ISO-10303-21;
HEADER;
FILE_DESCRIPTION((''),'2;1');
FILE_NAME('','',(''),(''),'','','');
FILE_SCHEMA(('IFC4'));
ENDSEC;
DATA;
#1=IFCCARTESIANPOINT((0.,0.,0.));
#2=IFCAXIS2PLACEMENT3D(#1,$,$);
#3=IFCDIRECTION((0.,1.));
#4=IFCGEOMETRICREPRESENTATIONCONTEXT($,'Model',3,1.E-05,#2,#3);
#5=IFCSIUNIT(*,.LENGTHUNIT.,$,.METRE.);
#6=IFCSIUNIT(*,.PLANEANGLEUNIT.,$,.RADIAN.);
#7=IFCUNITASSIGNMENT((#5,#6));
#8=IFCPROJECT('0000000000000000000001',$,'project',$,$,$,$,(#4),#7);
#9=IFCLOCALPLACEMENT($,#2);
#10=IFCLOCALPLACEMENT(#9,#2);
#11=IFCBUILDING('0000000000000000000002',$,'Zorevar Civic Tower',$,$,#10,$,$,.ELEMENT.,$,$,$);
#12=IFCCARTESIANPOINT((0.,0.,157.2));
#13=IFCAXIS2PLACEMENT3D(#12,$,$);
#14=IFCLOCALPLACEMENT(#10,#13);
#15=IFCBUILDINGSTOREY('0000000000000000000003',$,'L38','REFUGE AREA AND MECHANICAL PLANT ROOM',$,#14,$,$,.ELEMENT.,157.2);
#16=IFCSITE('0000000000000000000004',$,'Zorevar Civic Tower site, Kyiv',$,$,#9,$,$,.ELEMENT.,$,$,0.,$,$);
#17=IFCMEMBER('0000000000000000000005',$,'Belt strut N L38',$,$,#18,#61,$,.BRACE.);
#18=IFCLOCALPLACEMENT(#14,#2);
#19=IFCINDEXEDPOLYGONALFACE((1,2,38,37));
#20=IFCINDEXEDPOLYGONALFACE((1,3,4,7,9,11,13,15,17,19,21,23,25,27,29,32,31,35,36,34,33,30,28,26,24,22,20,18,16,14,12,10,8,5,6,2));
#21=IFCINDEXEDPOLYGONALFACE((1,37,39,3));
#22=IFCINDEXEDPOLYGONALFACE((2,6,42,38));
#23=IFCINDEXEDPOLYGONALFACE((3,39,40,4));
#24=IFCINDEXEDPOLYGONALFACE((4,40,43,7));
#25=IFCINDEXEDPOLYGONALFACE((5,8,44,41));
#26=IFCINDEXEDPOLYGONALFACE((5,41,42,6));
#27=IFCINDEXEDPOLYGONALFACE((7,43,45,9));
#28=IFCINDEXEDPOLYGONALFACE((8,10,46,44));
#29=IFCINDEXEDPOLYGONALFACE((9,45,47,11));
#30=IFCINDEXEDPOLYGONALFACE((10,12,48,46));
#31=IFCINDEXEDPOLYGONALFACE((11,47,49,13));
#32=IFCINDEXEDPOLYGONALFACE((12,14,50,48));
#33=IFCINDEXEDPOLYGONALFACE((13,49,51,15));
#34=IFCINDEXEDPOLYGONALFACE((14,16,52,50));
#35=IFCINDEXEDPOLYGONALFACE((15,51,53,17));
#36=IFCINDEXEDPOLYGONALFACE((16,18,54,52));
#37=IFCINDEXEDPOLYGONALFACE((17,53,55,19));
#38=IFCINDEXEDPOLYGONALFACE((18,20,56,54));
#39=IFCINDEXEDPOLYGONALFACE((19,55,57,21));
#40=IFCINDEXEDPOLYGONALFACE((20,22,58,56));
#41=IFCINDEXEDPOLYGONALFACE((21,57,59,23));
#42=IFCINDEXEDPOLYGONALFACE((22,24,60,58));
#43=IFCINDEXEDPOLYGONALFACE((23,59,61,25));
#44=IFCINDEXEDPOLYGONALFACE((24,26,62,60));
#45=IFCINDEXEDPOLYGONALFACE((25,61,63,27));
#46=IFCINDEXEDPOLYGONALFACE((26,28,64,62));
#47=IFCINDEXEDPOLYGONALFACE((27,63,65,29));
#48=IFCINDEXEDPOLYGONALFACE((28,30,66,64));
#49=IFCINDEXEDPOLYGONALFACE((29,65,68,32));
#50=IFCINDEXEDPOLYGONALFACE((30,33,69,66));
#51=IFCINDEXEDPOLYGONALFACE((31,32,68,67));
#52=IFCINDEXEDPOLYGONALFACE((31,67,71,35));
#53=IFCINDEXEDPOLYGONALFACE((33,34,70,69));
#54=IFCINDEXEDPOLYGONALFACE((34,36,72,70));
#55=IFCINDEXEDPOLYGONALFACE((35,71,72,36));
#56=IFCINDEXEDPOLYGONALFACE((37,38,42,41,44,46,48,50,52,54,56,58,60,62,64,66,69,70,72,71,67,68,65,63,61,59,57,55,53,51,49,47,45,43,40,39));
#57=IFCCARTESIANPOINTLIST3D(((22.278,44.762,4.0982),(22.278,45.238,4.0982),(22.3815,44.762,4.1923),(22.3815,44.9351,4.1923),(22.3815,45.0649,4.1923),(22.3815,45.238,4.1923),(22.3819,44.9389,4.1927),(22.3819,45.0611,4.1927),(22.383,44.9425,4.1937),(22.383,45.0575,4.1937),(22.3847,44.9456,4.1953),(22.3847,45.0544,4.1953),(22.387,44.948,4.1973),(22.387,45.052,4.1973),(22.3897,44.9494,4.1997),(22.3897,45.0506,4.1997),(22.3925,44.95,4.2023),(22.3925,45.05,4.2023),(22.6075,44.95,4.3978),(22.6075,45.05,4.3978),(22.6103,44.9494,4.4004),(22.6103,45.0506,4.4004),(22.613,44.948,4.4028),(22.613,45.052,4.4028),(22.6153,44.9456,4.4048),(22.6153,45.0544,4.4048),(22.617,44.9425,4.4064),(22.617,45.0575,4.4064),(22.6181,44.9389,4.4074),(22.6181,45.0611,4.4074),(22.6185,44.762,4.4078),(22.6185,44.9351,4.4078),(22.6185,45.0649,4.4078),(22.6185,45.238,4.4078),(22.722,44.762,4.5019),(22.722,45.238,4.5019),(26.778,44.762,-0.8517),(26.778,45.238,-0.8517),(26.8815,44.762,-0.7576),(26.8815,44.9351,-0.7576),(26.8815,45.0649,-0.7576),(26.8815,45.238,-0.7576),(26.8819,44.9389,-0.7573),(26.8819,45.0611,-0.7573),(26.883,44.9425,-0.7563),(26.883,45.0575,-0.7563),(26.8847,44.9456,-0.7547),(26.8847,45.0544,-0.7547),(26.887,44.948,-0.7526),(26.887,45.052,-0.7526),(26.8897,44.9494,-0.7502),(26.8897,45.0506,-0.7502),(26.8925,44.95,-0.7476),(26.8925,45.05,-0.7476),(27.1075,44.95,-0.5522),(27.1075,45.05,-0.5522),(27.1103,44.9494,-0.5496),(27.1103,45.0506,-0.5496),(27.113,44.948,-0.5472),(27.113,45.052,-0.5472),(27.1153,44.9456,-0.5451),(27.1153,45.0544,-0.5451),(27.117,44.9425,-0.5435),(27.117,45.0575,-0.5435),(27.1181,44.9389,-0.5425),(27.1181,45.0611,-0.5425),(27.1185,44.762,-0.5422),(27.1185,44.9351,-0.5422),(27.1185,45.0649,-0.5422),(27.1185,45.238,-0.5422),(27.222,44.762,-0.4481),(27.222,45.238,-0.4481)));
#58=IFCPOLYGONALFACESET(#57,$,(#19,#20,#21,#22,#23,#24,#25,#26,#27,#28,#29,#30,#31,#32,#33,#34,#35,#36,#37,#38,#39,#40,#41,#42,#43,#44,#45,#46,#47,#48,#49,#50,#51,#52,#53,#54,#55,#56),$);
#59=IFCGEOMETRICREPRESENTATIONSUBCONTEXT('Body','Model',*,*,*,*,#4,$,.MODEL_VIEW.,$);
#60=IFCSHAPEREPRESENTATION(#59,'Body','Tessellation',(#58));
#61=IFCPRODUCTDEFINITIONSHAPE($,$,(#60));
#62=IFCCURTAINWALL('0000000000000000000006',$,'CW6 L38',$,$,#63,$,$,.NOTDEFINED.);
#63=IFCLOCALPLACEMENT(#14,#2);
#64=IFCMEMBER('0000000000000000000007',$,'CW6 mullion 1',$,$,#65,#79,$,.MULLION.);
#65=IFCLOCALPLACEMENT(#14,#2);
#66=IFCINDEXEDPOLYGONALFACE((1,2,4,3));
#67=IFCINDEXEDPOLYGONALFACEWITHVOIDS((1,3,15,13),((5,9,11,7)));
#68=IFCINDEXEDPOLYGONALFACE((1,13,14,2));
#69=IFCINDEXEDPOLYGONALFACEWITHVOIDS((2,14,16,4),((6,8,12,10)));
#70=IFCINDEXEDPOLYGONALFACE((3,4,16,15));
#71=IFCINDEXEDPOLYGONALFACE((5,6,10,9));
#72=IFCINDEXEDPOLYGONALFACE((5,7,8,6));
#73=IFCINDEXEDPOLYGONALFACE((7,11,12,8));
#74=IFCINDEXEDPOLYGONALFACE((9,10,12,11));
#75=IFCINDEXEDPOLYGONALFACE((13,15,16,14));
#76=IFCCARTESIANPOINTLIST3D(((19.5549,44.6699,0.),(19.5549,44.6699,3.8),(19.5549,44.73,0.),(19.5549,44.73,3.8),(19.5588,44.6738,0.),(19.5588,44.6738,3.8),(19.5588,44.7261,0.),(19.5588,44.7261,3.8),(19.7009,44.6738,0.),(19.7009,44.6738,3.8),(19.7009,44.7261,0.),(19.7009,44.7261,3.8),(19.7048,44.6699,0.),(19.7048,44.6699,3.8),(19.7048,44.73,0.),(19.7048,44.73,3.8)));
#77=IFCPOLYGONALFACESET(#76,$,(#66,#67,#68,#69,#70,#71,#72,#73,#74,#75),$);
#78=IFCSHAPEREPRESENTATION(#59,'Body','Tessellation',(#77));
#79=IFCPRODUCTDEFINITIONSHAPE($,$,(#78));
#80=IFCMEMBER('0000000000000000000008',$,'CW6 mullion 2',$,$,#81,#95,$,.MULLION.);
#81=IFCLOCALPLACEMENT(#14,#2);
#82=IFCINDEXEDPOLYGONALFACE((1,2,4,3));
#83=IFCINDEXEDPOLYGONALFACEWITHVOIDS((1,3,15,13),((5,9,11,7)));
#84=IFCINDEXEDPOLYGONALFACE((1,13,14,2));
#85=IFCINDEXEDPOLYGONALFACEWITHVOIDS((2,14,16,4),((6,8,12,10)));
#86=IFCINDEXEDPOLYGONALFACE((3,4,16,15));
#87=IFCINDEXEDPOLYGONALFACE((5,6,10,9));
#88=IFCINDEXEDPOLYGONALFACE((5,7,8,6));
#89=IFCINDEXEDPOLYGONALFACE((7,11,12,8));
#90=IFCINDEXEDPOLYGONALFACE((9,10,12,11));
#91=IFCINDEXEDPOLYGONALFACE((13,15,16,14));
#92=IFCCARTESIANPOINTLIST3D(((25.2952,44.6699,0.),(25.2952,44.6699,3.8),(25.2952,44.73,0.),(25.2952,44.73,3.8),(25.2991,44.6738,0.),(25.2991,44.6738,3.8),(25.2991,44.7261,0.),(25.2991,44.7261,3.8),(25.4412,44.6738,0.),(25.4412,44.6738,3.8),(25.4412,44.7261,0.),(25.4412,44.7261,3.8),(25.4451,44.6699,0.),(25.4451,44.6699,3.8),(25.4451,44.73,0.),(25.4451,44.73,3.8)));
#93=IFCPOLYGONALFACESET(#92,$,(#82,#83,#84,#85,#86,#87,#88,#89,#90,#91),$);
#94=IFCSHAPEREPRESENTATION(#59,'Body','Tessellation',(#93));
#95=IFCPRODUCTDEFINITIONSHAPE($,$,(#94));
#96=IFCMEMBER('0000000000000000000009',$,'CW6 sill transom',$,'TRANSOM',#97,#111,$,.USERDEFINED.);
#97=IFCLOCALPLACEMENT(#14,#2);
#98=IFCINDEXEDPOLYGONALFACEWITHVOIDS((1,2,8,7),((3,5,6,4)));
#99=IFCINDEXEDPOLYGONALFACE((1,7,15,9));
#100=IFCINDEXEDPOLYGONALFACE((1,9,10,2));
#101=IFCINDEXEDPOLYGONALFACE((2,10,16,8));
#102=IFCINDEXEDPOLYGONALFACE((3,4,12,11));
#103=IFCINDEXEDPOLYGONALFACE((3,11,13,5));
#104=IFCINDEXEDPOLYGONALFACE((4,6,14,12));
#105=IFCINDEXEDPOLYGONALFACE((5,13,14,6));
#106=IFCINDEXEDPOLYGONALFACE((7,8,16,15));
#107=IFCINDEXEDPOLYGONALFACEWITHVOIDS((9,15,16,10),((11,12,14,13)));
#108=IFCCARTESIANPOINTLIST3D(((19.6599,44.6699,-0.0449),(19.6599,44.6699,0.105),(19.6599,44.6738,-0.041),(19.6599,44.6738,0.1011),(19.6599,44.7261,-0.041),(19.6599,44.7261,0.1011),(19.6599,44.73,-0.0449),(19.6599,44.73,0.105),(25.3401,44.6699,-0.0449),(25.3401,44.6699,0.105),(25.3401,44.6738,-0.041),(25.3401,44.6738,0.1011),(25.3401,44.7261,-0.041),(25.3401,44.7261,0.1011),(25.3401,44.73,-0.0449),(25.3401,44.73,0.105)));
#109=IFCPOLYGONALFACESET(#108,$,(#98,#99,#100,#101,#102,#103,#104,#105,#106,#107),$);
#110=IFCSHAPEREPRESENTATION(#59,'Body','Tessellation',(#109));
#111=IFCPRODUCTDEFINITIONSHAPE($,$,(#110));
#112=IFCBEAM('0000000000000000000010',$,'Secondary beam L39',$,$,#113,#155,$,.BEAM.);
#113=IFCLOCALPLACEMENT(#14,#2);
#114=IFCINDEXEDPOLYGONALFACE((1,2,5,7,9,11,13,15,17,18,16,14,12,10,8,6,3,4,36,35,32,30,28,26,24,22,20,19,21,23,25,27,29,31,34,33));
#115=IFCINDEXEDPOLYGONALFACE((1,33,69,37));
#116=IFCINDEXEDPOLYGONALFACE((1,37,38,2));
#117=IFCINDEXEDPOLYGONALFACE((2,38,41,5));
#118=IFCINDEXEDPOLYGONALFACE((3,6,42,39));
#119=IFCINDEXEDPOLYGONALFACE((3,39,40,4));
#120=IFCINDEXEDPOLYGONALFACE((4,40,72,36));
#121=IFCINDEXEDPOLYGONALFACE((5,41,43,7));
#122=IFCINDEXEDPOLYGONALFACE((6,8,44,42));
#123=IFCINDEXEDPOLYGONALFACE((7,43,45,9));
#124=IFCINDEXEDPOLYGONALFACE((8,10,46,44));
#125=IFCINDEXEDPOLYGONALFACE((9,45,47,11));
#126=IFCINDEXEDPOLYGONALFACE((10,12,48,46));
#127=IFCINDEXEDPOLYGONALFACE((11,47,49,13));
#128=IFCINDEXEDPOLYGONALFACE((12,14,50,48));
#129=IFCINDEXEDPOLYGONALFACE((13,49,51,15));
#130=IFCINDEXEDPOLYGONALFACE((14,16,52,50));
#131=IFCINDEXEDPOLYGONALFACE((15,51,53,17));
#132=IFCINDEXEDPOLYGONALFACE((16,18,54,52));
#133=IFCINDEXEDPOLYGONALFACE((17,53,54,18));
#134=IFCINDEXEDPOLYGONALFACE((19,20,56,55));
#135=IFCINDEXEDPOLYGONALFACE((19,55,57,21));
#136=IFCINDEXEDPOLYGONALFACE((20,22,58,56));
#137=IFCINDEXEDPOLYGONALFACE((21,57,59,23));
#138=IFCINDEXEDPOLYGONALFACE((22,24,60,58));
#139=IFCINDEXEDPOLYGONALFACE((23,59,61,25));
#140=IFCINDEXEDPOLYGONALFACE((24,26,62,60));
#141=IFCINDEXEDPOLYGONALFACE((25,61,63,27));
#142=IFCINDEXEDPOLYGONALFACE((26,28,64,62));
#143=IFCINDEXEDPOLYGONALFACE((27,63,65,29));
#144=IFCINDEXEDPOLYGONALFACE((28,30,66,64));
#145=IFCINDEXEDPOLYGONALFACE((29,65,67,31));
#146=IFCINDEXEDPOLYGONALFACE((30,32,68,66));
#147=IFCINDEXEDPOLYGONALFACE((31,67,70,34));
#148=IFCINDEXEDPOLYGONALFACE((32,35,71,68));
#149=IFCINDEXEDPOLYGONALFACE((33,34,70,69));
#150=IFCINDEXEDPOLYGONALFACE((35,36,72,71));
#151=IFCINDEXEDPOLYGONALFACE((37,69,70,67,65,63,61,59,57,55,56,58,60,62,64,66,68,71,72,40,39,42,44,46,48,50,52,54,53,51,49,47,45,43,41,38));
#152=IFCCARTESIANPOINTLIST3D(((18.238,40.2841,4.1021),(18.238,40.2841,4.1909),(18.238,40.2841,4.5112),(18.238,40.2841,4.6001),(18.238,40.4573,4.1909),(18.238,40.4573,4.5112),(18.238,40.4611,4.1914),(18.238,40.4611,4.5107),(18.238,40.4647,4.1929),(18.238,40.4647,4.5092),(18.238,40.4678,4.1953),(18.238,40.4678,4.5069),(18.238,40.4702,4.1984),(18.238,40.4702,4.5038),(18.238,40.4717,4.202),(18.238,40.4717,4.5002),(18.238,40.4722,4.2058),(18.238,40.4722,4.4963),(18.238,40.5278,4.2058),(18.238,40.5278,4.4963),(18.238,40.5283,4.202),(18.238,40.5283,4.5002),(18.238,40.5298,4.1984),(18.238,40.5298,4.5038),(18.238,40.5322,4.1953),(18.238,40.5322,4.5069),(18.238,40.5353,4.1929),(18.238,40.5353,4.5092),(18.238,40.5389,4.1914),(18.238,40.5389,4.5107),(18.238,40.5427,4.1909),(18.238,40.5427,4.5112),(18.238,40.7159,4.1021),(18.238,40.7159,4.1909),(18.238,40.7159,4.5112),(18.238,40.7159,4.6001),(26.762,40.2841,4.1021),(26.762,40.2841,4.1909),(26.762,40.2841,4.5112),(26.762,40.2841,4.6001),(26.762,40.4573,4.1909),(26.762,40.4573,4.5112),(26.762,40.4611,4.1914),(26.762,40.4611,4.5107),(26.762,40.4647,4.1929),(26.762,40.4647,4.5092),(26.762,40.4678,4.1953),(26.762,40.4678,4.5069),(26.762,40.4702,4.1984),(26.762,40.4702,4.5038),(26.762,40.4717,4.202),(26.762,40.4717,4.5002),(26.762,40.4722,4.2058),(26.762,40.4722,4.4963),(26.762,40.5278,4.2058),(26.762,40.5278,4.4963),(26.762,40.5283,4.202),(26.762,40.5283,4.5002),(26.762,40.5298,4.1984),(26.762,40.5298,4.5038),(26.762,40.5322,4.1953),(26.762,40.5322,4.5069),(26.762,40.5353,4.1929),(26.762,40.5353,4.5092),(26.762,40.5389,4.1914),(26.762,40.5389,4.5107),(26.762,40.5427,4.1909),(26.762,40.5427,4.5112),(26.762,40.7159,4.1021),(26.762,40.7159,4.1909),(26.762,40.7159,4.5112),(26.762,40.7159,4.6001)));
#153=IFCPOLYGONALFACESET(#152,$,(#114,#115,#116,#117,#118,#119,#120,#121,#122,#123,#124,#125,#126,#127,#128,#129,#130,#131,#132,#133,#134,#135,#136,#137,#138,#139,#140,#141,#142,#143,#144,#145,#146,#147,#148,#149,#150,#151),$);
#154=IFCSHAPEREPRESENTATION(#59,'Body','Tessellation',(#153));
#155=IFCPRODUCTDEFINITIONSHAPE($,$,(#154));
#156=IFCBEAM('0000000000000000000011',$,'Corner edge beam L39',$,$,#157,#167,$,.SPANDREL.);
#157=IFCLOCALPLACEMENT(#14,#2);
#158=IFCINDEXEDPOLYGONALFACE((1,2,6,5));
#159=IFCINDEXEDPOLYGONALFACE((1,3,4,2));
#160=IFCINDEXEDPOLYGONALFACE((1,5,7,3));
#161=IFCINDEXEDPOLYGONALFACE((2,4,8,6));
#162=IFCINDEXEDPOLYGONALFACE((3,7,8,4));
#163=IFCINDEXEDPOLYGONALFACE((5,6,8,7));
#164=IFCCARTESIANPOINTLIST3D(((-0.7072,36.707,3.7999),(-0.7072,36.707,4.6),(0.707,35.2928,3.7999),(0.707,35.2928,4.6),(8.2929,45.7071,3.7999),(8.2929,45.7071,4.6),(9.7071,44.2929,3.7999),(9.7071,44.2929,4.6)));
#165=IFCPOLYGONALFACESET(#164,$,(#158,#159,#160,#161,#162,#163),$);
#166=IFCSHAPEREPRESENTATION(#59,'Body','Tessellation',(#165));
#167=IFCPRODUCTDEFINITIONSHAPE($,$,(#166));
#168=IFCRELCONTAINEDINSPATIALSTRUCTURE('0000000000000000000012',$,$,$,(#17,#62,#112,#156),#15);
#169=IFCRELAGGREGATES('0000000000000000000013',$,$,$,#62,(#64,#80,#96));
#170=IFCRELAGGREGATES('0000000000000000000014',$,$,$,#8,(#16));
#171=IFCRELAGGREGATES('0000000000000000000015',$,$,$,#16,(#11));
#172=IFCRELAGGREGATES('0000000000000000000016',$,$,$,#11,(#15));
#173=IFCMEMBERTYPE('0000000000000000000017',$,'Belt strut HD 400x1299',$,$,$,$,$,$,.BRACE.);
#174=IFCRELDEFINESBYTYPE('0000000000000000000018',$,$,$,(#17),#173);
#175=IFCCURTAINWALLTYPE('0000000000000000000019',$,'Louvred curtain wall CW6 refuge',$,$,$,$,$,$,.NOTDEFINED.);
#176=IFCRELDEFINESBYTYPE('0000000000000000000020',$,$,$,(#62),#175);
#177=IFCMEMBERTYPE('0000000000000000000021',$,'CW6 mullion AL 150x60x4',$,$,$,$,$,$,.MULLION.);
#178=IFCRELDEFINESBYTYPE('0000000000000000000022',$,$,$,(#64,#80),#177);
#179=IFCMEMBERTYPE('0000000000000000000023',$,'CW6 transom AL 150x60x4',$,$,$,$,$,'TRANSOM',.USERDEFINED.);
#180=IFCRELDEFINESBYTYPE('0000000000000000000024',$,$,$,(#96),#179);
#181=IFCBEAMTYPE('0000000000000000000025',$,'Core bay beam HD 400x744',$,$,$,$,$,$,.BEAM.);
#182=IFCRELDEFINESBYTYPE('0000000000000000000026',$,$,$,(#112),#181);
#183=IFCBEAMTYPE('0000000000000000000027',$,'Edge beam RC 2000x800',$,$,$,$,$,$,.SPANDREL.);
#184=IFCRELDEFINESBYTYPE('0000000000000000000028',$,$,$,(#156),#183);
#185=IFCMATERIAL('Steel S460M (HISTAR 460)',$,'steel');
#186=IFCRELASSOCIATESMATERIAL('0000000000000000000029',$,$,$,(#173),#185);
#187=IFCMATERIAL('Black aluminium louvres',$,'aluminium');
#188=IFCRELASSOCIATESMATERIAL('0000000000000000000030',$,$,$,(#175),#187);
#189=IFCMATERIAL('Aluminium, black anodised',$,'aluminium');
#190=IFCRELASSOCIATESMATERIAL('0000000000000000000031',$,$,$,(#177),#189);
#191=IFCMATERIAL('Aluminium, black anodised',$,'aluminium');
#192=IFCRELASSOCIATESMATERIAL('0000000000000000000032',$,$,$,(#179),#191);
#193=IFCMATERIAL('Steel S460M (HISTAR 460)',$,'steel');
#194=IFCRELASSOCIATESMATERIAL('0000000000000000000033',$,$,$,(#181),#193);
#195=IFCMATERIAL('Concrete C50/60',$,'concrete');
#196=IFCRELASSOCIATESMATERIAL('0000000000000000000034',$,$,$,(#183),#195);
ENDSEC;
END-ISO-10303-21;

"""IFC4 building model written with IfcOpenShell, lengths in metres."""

from ifc_helpers import new_model, si_unit, direction, frame, origin, origin_2d, place, context, subcontext, project, spatial, rectangle, hollow_rectangle, i_section, extrude, material, material_profile, profile_set, type_object, element, aggregate, save


model = new_model("IFC4")

# Units and contexts
model_context = context("Model", 3, precision=1e-05, world=origin(), true_north=direction((0.0, 1.0)))
body_context = subcontext(model_context, "Body", "Model", "MODEL_VIEW")
ifc_project = project(units=[si_unit("LENGTHUNIT", "METRE"), si_unit("PLANEANGLEUNIT", "RADIAN")], contexts=[model_context])

# Site, building, storey
site_placement = place(None, origin())
site = spatial("IfcSite", under=ifc_project, at=site_placement, Name="Zorevar Civic Tower site, Kyiv", CompositionType="ELEMENT", RefElevation=0.0)
building_placement = place(site_placement, origin())
building = spatial("IfcBuilding", under=site, at=building_placement, Name="Zorevar Civic Tower", CompositionType="ELEMENT")
storey_placement = place(building_placement, frame((0.0, 0.0, 157.2)))
storey = spatial("IfcBuildingStorey", under=building, at=storey_placement, Name="L38", Description="REFUGE AREA AND MECHANICAL PLANT ROOM", CompositionType="ELEMENT", Elevation=157.2)

# Member
ifc_material_1 = material(Name="Steel S460M (HISTAR 460)", Category="steel")
ifc_material_profile_1 = material_profile(ifc_material_1, i_section(OverallWidth=0.4761, OverallDepth=0.6001, WebThickness=0.1001, FlangeThickness=0.1399, FilletRadius=0.0149, at=origin_2d()), Name="HD 400x1299")
ifc_profile_set_1 = profile_set([ifc_material_profile_1], Name="Steel S460M (HISTAR 460)")
member_type_1 = type_object("IfcMemberType", Name="Belt strut HD 400x1299", PredefinedType="BRACE", material=ifc_profile_set_1)
for number, where, z_axis, x_axis, name in (
    (1, (27.0, 45.0, -0.6499), (-0.672676, 0.0, 0.739937), (0.0, -1.0, 0.0), "Belt strut N L38"),
):
    element("IfcMember", number, at=place(storey_placement, frame(where, z_axis=z_axis, x_axis=x_axis)), inside=storey, type_object=member_type_1, Name=name, PredefinedType="BRACE", context=body_context, shape_type="SweptSolid", body=[
        extrude(i_section(OverallWidth=0.4761, OverallDepth=0.6001, WebThickness=0.1001, FlangeThickness=0.1399, FilletRadius=0.0149, at=origin_2d()), origin(), (0.0, 0.0, 1.0), 6.6897),
    ])

# Curtain wall, members
ifc_material_2 = material(Name="Black aluminium louvres", Category="aluminium")
curtain_wall_type = type_object("IfcCurtainWallType", Name="Louvred curtain wall CW6 refuge", PredefinedType="NOTDEFINED", material=ifc_material_2)
curtain_wall_placement = place(storey_placement, origin())
curtain_wall = element("IfcCurtainWall", 2, at=curtain_wall_placement, inside=storey, type_object=curtain_wall_type, Name="CW6 L38", PredefinedType="NOTDEFINED")
ifc_material_3 = material(Name="Aluminium, black anodised", Category="aluminium")
ifc_material_profile_2 = material_profile(ifc_material_3, hollow_rectangle(XDim=0.0601, YDim=0.1499, WallThickness=0.0039, at=origin_2d()), Name="AL 150x60x4")
ifc_profile_set_2 = profile_set([ifc_material_profile_2], Name="Aluminium, black anodised")
member_type_2 = type_object("IfcMemberType", Name="CW6 mullion AL 150x60x4", PredefinedType="MULLION", material=ifc_profile_set_2)
member_1_placement = place(storey_placement, frame((19.6299, 44.7, 0.0), z_axis=(0.0, 0.0, 1.0), x_axis=(0.0, 1.0, 0.0)))
member_1 = element("IfcMember", 3, at=member_1_placement, type_object=member_type_2, Name="CW6 mullion 1", PredefinedType="MULLION", context=body_context, shape_type="SweptSolid", body=[
    extrude(hollow_rectangle(XDim=0.0601, YDim=0.1499, WallThickness=0.0039, at=origin_2d()), origin(), (0.0, 0.0, 1.0), 3.8),
])
member_2_placement = place(storey_placement, frame((25.3701, 44.7, 0.0), z_axis=(0.0, 0.0, 1.0), x_axis=(0.0, 1.0, 0.0)))
member_2 = element("IfcMember", 4, at=member_2_placement, type_object=member_type_2, Name="CW6 mullion 2", PredefinedType="MULLION", context=body_context, shape_type="SweptSolid", body=[
    extrude(hollow_rectangle(XDim=0.0601, YDim=0.1499, WallThickness=0.0039, at=origin_2d()), origin(), (0.0, 0.0, 1.0), 3.8),
])
ifc_material_4 = material(Name="Aluminium, black anodised", Category="aluminium")
ifc_material_profile_3 = material_profile(ifc_material_4, hollow_rectangle(XDim=0.0601, YDim=0.1499, WallThickness=0.0039, at=origin_2d()), Name="AL 150x60x4")
ifc_profile_set_3 = profile_set([ifc_material_profile_3], Name="Aluminium, black anodised")
member_type_3 = type_object("IfcMemberType", Name="CW6 transom AL 150x60x4", ElementType="TRANSOM", PredefinedType="USERDEFINED", material=ifc_profile_set_3)
member_3_placement = place(storey_placement, frame((19.6599, 44.7, 0.03), z_axis=(1.0, 0.0, 0.0), x_axis=(0.0, 1.0, 0.0)))
member_3 = element("IfcMember", 5, at=member_3_placement, type_object=member_type_3, Name="CW6 sill transom", ObjectType="TRANSOM", PredefinedType="USERDEFINED", context=body_context, shape_type="SweptSolid", body=[
    extrude(hollow_rectangle(XDim=0.0601, YDim=0.1499, WallThickness=0.0039, at=origin_2d()), origin(), (0.0, 0.0, 1.0), 5.6802),
])

# Beams
ifc_material_5 = material(Name="Steel S460M (HISTAR 460)", Category="steel")
ifc_material_profile_4 = material_profile(ifc_material_5, i_section(OverallWidth=0.4319, OverallDepth=0.498, WebThickness=0.0557, FlangeThickness=0.0889, FilletRadius=0.0149, at=origin_2d()), Name="HD 400x744")
ifc_profile_set_4 = profile_set([ifc_material_profile_4], Name="Steel S460M (HISTAR 460)")
beam_type_1 = type_object("IfcBeamType", Name="Core bay beam HD 400x744", PredefinedType="BEAM", material=ifc_profile_set_4)
beam_1_placement = place(storey_placement, frame((18.238, 40.5, 4.3511), z_axis=(1.0, 0.0, 0.0), x_axis=(0.0, 1.0, 0.0)))
element("IfcBeam", 6, at=beam_1_placement, inside=storey, type_object=beam_type_1, Name="Secondary beam L39", PredefinedType="BEAM", context=body_context, shape_type="SweptSolid", body=[
    extrude(i_section(OverallWidth=0.4319, OverallDepth=0.498, WebThickness=0.0557, FlangeThickness=0.0889, FilletRadius=0.0149, at=origin_2d()), origin(), (0.0, 0.0, 1.0), 8.5239),
])
ifc_material_6 = material(Name="Concrete C50/60", Category="concrete")
ifc_material_profile_5 = material_profile(ifc_material_6, rectangle(XDim=2.0, YDim=0.8, at=origin_2d()), Name="RC 2000x800")
ifc_profile_set_5 = profile_set([ifc_material_profile_5], Name="Concrete C50/60")
beam_type_2 = type_object("IfcBeamType", Name="Edge beam RC 2000x800", PredefinedType="SPANDREL", material=ifc_profile_set_5)
beam_2_placement = place(storey_placement, frame((9.0, 45.0, 4.2), z_axis=(-0.707107, -0.707107, 0.0), x_axis=(0.707107, -0.707107, 0.0)))
element("IfcBeam", 7, at=beam_2_placement, inside=storey, type_object=beam_type_2, Name="Corner edge beam L39", PredefinedType="SPANDREL", context=body_context, shape_type="SweptSolid", body=[
    extrude(rectangle(XDim=2.0, YDim=0.8, at=origin_2d()), origin(), (0.0, 0.0, 1.0), 12.728),
])

aggregate(curtain_wall, [member_1, member_2, member_3])

save(model, "model.ifc")
